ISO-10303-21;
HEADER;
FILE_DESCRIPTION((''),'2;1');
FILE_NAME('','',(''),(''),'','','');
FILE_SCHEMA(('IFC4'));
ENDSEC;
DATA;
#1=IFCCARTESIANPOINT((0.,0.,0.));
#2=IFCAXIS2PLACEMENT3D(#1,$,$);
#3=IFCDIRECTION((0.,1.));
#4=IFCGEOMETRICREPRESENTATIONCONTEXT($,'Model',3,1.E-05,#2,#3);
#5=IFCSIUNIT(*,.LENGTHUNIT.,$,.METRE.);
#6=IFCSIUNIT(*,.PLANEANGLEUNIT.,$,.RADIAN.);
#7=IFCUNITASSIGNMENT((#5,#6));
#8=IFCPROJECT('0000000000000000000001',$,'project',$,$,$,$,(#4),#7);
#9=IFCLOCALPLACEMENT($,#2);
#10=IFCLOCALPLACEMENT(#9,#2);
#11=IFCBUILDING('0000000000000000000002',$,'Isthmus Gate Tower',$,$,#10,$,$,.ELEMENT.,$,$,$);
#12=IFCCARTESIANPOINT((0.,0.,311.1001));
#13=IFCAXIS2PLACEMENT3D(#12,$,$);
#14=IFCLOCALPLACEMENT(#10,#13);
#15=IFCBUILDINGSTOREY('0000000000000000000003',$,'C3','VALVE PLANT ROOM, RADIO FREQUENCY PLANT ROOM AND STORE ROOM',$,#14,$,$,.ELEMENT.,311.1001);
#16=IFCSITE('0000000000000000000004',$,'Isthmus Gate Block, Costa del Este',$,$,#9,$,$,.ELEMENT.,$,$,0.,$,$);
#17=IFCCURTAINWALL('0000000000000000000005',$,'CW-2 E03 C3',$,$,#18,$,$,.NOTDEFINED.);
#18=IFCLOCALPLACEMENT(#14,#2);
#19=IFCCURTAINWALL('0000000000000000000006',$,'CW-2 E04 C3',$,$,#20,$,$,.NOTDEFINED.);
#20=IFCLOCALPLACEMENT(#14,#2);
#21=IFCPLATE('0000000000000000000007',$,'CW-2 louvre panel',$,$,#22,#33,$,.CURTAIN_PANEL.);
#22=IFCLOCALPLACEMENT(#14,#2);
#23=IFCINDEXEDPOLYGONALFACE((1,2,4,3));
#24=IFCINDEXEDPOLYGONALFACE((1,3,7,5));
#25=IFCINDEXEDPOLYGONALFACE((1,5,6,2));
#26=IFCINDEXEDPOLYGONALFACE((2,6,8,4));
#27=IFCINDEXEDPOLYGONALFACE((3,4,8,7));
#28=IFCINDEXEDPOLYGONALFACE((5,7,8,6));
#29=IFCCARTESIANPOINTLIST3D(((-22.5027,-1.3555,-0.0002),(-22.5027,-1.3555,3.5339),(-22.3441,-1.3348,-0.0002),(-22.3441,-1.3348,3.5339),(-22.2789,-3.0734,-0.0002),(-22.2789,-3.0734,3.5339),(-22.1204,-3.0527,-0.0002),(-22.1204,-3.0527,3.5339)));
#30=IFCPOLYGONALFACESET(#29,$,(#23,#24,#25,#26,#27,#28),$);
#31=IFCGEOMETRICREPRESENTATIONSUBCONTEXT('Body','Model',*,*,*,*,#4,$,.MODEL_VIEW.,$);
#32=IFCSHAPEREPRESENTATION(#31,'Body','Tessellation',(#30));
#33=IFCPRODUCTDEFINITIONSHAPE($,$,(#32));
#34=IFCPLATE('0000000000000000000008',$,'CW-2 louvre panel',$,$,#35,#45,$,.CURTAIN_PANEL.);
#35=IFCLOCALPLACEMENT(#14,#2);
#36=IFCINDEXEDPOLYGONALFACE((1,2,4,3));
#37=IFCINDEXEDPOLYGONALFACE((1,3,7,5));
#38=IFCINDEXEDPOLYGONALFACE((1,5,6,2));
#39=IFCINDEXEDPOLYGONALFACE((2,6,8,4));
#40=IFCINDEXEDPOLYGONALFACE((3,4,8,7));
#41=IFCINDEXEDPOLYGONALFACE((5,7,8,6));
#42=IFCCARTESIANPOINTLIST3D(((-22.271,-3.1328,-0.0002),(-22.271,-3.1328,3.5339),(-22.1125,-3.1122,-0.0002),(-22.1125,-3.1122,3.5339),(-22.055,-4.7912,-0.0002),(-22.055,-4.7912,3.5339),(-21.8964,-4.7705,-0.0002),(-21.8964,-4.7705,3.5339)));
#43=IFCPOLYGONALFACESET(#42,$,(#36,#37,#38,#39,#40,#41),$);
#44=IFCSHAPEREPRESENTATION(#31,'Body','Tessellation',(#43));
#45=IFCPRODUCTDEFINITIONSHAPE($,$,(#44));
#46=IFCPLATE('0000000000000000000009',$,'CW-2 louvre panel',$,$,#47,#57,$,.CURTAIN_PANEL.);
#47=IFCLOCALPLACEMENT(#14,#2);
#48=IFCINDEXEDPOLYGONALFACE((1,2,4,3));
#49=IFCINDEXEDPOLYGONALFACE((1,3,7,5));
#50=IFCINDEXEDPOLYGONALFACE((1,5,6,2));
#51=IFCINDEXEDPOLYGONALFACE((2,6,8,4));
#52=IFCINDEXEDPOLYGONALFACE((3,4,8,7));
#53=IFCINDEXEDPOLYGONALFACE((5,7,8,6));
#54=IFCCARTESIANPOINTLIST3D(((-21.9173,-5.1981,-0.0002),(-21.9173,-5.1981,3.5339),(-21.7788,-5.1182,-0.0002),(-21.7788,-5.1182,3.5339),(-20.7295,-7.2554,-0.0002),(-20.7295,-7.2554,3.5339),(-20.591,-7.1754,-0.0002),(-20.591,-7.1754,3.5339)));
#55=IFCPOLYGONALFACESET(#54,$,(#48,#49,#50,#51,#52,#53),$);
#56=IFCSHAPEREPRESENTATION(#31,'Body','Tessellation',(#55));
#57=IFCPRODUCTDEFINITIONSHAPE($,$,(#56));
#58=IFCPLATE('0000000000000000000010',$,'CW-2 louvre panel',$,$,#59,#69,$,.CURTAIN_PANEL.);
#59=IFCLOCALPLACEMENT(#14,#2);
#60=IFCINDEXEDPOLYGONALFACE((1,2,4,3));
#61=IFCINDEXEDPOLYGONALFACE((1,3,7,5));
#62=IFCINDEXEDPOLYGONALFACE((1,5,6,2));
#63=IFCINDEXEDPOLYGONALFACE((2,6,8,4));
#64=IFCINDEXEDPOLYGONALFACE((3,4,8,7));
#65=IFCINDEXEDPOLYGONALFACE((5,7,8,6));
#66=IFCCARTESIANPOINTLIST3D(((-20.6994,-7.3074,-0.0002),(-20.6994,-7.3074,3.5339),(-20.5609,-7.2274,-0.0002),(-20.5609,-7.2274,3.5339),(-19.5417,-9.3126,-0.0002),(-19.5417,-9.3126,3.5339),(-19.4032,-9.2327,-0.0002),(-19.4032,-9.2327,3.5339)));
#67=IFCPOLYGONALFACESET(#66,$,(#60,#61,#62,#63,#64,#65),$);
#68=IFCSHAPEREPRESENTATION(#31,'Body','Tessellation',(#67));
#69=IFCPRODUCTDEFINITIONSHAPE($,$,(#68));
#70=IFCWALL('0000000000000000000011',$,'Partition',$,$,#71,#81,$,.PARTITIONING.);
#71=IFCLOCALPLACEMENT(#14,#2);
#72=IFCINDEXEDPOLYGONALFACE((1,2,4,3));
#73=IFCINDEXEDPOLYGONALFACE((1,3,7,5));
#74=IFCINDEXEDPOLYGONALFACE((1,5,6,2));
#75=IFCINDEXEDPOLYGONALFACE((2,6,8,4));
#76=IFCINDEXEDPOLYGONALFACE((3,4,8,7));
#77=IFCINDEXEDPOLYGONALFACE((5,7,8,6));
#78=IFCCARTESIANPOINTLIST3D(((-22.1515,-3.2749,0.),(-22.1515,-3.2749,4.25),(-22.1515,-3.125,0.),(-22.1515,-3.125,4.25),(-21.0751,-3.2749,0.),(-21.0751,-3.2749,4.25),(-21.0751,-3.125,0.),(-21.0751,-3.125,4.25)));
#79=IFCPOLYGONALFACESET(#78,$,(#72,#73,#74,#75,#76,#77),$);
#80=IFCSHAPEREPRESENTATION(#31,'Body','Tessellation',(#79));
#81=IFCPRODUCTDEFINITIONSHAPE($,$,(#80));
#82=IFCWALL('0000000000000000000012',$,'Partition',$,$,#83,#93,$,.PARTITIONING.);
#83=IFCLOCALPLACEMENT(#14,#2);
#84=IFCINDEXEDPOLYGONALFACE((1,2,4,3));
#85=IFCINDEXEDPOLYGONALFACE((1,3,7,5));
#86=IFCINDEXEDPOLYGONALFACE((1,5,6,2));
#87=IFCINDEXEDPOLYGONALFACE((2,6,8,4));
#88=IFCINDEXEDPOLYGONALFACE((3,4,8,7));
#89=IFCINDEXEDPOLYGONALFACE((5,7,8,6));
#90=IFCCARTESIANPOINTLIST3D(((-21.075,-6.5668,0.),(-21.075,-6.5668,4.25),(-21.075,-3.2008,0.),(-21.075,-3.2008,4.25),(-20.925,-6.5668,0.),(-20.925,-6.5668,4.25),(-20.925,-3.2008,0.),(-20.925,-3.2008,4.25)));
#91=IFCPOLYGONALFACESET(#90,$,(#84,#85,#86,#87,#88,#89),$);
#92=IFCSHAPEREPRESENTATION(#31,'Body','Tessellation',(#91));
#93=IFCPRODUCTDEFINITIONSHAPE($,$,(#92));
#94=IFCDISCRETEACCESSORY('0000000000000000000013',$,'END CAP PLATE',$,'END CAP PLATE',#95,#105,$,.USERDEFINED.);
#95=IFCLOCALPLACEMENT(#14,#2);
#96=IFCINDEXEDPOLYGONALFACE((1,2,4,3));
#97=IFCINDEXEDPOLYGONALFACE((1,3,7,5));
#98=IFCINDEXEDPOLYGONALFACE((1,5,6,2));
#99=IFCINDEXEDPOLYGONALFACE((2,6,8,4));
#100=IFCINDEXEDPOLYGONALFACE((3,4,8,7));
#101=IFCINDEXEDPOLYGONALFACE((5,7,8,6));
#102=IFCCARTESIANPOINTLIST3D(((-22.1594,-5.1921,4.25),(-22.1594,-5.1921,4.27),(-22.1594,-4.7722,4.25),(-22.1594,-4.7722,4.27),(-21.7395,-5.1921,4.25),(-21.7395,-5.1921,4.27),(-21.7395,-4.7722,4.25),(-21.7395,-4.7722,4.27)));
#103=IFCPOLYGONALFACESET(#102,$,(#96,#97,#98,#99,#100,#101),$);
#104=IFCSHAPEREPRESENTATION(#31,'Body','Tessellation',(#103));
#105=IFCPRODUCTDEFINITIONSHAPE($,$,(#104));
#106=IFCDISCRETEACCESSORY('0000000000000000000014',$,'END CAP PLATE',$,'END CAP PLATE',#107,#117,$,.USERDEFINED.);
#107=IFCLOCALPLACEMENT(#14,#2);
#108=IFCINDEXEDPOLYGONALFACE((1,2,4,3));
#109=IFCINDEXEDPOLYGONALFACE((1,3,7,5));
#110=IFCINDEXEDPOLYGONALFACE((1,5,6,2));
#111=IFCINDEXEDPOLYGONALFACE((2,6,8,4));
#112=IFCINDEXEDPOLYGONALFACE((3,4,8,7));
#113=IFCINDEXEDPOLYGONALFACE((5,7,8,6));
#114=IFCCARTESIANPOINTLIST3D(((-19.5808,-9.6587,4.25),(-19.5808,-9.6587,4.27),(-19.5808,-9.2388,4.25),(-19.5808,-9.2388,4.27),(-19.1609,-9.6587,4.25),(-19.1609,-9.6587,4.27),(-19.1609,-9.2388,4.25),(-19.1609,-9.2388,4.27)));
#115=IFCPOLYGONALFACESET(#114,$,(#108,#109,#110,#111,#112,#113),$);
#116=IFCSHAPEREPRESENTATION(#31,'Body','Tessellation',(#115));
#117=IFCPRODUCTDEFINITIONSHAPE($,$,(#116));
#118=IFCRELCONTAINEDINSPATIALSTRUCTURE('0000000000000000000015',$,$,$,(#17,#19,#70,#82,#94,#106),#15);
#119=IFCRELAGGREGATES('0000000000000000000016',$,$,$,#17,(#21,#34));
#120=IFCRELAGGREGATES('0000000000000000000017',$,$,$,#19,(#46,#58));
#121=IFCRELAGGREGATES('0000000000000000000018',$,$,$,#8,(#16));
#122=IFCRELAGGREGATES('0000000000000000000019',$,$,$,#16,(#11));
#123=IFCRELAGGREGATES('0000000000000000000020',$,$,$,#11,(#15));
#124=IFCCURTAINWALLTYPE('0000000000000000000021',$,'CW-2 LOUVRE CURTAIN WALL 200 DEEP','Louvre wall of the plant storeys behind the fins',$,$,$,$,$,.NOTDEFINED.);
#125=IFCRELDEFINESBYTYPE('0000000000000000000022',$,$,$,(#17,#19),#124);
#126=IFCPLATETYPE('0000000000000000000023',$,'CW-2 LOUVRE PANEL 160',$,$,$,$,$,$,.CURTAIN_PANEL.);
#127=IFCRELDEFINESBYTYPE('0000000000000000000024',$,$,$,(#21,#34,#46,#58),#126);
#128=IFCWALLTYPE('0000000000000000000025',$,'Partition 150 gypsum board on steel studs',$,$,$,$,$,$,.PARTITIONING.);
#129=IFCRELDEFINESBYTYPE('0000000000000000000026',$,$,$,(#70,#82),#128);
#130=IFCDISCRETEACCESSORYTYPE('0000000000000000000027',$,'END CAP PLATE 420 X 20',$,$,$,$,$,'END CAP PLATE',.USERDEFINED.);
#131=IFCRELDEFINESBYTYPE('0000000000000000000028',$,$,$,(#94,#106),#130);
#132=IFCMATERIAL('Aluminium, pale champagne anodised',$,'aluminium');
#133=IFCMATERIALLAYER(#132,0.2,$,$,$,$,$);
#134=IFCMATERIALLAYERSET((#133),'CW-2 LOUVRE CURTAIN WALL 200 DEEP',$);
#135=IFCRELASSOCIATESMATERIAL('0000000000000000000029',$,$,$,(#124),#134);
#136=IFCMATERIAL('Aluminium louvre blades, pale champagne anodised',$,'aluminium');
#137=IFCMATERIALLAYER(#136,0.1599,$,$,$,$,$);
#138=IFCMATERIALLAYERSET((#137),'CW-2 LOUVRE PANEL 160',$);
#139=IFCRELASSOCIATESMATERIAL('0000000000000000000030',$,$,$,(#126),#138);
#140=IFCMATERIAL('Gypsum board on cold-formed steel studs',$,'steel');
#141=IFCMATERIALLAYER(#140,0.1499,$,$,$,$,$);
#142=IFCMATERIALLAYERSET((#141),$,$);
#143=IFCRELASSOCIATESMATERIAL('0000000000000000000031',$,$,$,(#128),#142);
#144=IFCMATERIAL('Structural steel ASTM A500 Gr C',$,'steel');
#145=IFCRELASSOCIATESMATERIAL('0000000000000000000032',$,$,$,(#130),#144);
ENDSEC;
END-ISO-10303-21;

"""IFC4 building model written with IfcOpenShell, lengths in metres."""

from ifc_helpers import new_model, si_unit, direction, frame, frame_2d, origin, origin_2d, place, context, subcontext, project, spatial, rectangle, extrude, material, layer, layer_set, type_object, element, aggregate, save


model = new_model("IFC4")

# Units and contexts
model_context = context("Model", 3, precision=1e-05, world=origin(), true_north=direction((0.0, 1.0)))
body_context = subcontext(model_context, "Body", "Model", "MODEL_VIEW")
ifc_project = project(units=[si_unit("LENGTHUNIT", "METRE"), si_unit("PLANEANGLEUNIT", "RADIAN")], contexts=[model_context])

# Site, building, storey
site_placement = place(None, origin())
site = spatial("IfcSite", under=ifc_project, at=site_placement, Name="Isthmus Gate Block, Costa del Este", CompositionType="ELEMENT", RefElevation=0.0)
building_placement = place(site_placement, origin())
building = spatial("IfcBuilding", under=site, at=building_placement, Name="Isthmus Gate Tower", CompositionType="ELEMENT")
storey_placement = place(building_placement, frame((0.0, 0.0, 311.1001)))
storey = spatial("IfcBuildingStorey", under=building, at=storey_placement, Name="C3", Description="VALVE PLANT ROOM, RADIO FREQUENCY PLANT ROOM AND STORE ROOM", CompositionType="ELEMENT", Elevation=311.1001)

# Curtain walls
ifc_material_1 = material(Name="Aluminium, pale champagne anodised", Category="aluminium")
ifc_layer_1 = layer(ifc_material_1, 0.2)
ifc_layer_set_1 = layer_set([ifc_layer_1], Name="CW-2 LOUVRE CURTAIN WALL 200 DEEP")
curtain_wall_type = type_object("IfcCurtainWallType", Name="CW-2 LOUVRE CURTAIN WALL 200 DEEP", Description="Louvre wall of the plant storeys behind the fins", PredefinedType="NOTDEFINED", material=ifc_layer_set_1)
curtain_wall_1_placement = place(storey_placement, origin())
curtain_wall_1 = element("IfcCurtainWall", 1, at=curtain_wall_1_placement, inside=storey, type_object=curtain_wall_type, Name="CW-2 E03 C3", PredefinedType="NOTDEFINED")
curtain_wall_2_placement = place(storey_placement, origin())
curtain_wall_2 = element("IfcCurtainWall", 2, at=curtain_wall_2_placement, inside=storey, type_object=curtain_wall_type, Name="CW-2 E04 C3", PredefinedType="NOTDEFINED")

# Plates
ifc_material_2 = material(Name="Aluminium louvre blades, pale champagne anodised", Category="aluminium")
ifc_layer_2 = layer(ifc_material_2, 0.1599)
ifc_layer_set_2 = layer_set([ifc_layer_2], Name="CW-2 LOUVRE PANEL 160")
plate_type = type_object("IfcPlateType", Name="CW-2 LOUVRE PANEL 160", PredefinedType="CURTAIN_PANEL", material=ifc_layer_set_2)
plate_1_placement = place(storey_placement, frame((-22.3115, -2.2041, -0.0002), z_axis=(0.0, 0.0, 1.0), x_axis=(0.129165, -0.991623, 0.0)))
plate_1 = element("IfcPlate", 3, at=plate_1_placement, type_object=plate_type, Name="CW-2 louvre panel", PredefinedType="CURTAIN_PANEL", context=body_context, shape_type="SweptSolid", body=[
    extrude(rectangle(XDim=1.7324, YDim=0.1599, at=origin_2d()), origin(), (0.0, 0.0, 1.0), 3.5342),
])
plate_2_placement = place(storey_placement, frame((-22.0837, -3.9517, -0.0002), z_axis=(0.0, 0.0, 1.0), x_axis=(0.129165, -0.991623, 0.0)))
plate_2 = element("IfcPlate", 4, at=plate_2_placement, type_object=plate_type, Name="CW-2 louvre panel", PredefinedType="CURTAIN_PANEL", context=body_context, shape_type="SweptSolid", body=[
    extrude(rectangle(XDim=1.6724, YDim=0.1599, at=origin_2d()), origin(), (0.0, 0.0, 1.0), 3.5342),
])
aggregate(curtain_wall_1, [plate_1, plate_2])
plate_3_placement = place(storey_placement, frame((-21.2542, -6.1868, -0.0002), z_axis=(0.0, 0.0, 1.0), x_axis=(0.5, -0.866025, 0.0)))
plate_3 = element("IfcPlate", 5, at=plate_3_placement, type_object=plate_type, Name="CW-2 louvre panel", PredefinedType="CURTAIN_PANEL", context=body_context, shape_type="SweptSolid", body=[
    extrude(rectangle(XDim=2.3755, YDim=0.1599, at=origin_2d()), origin(), (0.0, 0.0, 1.0), 3.5342),
])
plate_4_placement = place(storey_placement, frame((-20.0513, -8.27, -0.0002), z_axis=(0.0, 0.0, 1.0), x_axis=(0.5, -0.866025, 0.0)))
plate_4 = element("IfcPlate", 6, at=plate_4_placement, type_object=plate_type, Name="CW-2 louvre panel", PredefinedType="CURTAIN_PANEL", context=body_context, shape_type="SweptSolid", body=[
    extrude(rectangle(XDim=2.3154, YDim=0.1599, at=origin_2d()), origin(), (0.0, 0.0, 1.0), 3.5342),
])
aggregate(curtain_wall_2, [plate_3, plate_4])

# Walls
ifc_material_3 = material(Name="Gypsum board on cold-formed steel studs", Category="steel")
ifc_layer_3 = layer(ifc_material_3, 0.1499)
ifc_layer_set_3 = layer_set([ifc_layer_3])
wall_type = type_object("IfcWallType", Name="Partition 150 gypsum board on steel studs", PredefinedType="PARTITIONING", material=ifc_layer_set_3)
wall_1_placement = place(storey_placement, frame((-22.1514, -3.2, 0.0), z_axis=(0.0, 0.0, 1.0), x_axis=(1.0, 0.0, 0.0)))
element("IfcWall", 7, at=wall_1_placement, inside=storey, type_object=wall_type, Name="Partition", PredefinedType="PARTITIONING", context=body_context, shape_type="SweptSolid", body=[
    extrude(rectangle(XDim=1.0764, YDim=0.1499, at=frame_2d((0.5381, 0.0))), origin(), (0.0, 0.0, 1.0), 4.25),
])
wall_2_placement = place(storey_placement, frame((-21.0, -6.5669, 0.0), z_axis=(0.0, 0.0, 1.0), x_axis=(0.0, 1.0, 0.0)))
element("IfcWall", 8, at=wall_2_placement, inside=storey, type_object=wall_type, Name="Partition", PredefinedType="PARTITIONING", context=body_context, shape_type="SweptSolid", body=[
    extrude(rectangle(XDim=3.366, YDim=0.1499, at=frame_2d((1.6831, 0.0))), origin(), (0.0, 0.0, 1.0), 4.25),
])

# Discrete accessories
ifc_material_4 = material(Name="Structural steel ASTM A500 Gr C", Category="steel")
discrete_accessory_type = type_object("IfcDiscreteAccessoryType", Name="END CAP PLATE 420 X 20", ElementType="END CAP PLATE", PredefinedType="USERDEFINED", material=ifc_material_4)
for number, where, z_axis, x_axis, name in (
    (9, (-21.9495, -4.9822, 4.25), (0.0, 0.0, 1.0), (1.0, 0.0, 0.0), "END CAP PLATE"),
    (10, (-19.3708, -9.4487, 4.25), (0.0, 0.0, 1.0), (1.0, 0.0, 0.0), "END CAP PLATE"),
):
    element("IfcDiscreteAccessory", number, at=place(storey_placement, frame(where, z_axis=z_axis, x_axis=x_axis)), inside=storey, type_object=discrete_accessory_type, Name=name, ObjectType="END CAP PLATE", PredefinedType="USERDEFINED", context=body_context, shape_type="SweptSolid", body=[
        extrude(rectangle(XDim=0.4199, YDim=0.4199, at=origin_2d()), origin(), (0.0, 0.0, 1.0), 0.02),
    ])

save(model, "model.ifc")
